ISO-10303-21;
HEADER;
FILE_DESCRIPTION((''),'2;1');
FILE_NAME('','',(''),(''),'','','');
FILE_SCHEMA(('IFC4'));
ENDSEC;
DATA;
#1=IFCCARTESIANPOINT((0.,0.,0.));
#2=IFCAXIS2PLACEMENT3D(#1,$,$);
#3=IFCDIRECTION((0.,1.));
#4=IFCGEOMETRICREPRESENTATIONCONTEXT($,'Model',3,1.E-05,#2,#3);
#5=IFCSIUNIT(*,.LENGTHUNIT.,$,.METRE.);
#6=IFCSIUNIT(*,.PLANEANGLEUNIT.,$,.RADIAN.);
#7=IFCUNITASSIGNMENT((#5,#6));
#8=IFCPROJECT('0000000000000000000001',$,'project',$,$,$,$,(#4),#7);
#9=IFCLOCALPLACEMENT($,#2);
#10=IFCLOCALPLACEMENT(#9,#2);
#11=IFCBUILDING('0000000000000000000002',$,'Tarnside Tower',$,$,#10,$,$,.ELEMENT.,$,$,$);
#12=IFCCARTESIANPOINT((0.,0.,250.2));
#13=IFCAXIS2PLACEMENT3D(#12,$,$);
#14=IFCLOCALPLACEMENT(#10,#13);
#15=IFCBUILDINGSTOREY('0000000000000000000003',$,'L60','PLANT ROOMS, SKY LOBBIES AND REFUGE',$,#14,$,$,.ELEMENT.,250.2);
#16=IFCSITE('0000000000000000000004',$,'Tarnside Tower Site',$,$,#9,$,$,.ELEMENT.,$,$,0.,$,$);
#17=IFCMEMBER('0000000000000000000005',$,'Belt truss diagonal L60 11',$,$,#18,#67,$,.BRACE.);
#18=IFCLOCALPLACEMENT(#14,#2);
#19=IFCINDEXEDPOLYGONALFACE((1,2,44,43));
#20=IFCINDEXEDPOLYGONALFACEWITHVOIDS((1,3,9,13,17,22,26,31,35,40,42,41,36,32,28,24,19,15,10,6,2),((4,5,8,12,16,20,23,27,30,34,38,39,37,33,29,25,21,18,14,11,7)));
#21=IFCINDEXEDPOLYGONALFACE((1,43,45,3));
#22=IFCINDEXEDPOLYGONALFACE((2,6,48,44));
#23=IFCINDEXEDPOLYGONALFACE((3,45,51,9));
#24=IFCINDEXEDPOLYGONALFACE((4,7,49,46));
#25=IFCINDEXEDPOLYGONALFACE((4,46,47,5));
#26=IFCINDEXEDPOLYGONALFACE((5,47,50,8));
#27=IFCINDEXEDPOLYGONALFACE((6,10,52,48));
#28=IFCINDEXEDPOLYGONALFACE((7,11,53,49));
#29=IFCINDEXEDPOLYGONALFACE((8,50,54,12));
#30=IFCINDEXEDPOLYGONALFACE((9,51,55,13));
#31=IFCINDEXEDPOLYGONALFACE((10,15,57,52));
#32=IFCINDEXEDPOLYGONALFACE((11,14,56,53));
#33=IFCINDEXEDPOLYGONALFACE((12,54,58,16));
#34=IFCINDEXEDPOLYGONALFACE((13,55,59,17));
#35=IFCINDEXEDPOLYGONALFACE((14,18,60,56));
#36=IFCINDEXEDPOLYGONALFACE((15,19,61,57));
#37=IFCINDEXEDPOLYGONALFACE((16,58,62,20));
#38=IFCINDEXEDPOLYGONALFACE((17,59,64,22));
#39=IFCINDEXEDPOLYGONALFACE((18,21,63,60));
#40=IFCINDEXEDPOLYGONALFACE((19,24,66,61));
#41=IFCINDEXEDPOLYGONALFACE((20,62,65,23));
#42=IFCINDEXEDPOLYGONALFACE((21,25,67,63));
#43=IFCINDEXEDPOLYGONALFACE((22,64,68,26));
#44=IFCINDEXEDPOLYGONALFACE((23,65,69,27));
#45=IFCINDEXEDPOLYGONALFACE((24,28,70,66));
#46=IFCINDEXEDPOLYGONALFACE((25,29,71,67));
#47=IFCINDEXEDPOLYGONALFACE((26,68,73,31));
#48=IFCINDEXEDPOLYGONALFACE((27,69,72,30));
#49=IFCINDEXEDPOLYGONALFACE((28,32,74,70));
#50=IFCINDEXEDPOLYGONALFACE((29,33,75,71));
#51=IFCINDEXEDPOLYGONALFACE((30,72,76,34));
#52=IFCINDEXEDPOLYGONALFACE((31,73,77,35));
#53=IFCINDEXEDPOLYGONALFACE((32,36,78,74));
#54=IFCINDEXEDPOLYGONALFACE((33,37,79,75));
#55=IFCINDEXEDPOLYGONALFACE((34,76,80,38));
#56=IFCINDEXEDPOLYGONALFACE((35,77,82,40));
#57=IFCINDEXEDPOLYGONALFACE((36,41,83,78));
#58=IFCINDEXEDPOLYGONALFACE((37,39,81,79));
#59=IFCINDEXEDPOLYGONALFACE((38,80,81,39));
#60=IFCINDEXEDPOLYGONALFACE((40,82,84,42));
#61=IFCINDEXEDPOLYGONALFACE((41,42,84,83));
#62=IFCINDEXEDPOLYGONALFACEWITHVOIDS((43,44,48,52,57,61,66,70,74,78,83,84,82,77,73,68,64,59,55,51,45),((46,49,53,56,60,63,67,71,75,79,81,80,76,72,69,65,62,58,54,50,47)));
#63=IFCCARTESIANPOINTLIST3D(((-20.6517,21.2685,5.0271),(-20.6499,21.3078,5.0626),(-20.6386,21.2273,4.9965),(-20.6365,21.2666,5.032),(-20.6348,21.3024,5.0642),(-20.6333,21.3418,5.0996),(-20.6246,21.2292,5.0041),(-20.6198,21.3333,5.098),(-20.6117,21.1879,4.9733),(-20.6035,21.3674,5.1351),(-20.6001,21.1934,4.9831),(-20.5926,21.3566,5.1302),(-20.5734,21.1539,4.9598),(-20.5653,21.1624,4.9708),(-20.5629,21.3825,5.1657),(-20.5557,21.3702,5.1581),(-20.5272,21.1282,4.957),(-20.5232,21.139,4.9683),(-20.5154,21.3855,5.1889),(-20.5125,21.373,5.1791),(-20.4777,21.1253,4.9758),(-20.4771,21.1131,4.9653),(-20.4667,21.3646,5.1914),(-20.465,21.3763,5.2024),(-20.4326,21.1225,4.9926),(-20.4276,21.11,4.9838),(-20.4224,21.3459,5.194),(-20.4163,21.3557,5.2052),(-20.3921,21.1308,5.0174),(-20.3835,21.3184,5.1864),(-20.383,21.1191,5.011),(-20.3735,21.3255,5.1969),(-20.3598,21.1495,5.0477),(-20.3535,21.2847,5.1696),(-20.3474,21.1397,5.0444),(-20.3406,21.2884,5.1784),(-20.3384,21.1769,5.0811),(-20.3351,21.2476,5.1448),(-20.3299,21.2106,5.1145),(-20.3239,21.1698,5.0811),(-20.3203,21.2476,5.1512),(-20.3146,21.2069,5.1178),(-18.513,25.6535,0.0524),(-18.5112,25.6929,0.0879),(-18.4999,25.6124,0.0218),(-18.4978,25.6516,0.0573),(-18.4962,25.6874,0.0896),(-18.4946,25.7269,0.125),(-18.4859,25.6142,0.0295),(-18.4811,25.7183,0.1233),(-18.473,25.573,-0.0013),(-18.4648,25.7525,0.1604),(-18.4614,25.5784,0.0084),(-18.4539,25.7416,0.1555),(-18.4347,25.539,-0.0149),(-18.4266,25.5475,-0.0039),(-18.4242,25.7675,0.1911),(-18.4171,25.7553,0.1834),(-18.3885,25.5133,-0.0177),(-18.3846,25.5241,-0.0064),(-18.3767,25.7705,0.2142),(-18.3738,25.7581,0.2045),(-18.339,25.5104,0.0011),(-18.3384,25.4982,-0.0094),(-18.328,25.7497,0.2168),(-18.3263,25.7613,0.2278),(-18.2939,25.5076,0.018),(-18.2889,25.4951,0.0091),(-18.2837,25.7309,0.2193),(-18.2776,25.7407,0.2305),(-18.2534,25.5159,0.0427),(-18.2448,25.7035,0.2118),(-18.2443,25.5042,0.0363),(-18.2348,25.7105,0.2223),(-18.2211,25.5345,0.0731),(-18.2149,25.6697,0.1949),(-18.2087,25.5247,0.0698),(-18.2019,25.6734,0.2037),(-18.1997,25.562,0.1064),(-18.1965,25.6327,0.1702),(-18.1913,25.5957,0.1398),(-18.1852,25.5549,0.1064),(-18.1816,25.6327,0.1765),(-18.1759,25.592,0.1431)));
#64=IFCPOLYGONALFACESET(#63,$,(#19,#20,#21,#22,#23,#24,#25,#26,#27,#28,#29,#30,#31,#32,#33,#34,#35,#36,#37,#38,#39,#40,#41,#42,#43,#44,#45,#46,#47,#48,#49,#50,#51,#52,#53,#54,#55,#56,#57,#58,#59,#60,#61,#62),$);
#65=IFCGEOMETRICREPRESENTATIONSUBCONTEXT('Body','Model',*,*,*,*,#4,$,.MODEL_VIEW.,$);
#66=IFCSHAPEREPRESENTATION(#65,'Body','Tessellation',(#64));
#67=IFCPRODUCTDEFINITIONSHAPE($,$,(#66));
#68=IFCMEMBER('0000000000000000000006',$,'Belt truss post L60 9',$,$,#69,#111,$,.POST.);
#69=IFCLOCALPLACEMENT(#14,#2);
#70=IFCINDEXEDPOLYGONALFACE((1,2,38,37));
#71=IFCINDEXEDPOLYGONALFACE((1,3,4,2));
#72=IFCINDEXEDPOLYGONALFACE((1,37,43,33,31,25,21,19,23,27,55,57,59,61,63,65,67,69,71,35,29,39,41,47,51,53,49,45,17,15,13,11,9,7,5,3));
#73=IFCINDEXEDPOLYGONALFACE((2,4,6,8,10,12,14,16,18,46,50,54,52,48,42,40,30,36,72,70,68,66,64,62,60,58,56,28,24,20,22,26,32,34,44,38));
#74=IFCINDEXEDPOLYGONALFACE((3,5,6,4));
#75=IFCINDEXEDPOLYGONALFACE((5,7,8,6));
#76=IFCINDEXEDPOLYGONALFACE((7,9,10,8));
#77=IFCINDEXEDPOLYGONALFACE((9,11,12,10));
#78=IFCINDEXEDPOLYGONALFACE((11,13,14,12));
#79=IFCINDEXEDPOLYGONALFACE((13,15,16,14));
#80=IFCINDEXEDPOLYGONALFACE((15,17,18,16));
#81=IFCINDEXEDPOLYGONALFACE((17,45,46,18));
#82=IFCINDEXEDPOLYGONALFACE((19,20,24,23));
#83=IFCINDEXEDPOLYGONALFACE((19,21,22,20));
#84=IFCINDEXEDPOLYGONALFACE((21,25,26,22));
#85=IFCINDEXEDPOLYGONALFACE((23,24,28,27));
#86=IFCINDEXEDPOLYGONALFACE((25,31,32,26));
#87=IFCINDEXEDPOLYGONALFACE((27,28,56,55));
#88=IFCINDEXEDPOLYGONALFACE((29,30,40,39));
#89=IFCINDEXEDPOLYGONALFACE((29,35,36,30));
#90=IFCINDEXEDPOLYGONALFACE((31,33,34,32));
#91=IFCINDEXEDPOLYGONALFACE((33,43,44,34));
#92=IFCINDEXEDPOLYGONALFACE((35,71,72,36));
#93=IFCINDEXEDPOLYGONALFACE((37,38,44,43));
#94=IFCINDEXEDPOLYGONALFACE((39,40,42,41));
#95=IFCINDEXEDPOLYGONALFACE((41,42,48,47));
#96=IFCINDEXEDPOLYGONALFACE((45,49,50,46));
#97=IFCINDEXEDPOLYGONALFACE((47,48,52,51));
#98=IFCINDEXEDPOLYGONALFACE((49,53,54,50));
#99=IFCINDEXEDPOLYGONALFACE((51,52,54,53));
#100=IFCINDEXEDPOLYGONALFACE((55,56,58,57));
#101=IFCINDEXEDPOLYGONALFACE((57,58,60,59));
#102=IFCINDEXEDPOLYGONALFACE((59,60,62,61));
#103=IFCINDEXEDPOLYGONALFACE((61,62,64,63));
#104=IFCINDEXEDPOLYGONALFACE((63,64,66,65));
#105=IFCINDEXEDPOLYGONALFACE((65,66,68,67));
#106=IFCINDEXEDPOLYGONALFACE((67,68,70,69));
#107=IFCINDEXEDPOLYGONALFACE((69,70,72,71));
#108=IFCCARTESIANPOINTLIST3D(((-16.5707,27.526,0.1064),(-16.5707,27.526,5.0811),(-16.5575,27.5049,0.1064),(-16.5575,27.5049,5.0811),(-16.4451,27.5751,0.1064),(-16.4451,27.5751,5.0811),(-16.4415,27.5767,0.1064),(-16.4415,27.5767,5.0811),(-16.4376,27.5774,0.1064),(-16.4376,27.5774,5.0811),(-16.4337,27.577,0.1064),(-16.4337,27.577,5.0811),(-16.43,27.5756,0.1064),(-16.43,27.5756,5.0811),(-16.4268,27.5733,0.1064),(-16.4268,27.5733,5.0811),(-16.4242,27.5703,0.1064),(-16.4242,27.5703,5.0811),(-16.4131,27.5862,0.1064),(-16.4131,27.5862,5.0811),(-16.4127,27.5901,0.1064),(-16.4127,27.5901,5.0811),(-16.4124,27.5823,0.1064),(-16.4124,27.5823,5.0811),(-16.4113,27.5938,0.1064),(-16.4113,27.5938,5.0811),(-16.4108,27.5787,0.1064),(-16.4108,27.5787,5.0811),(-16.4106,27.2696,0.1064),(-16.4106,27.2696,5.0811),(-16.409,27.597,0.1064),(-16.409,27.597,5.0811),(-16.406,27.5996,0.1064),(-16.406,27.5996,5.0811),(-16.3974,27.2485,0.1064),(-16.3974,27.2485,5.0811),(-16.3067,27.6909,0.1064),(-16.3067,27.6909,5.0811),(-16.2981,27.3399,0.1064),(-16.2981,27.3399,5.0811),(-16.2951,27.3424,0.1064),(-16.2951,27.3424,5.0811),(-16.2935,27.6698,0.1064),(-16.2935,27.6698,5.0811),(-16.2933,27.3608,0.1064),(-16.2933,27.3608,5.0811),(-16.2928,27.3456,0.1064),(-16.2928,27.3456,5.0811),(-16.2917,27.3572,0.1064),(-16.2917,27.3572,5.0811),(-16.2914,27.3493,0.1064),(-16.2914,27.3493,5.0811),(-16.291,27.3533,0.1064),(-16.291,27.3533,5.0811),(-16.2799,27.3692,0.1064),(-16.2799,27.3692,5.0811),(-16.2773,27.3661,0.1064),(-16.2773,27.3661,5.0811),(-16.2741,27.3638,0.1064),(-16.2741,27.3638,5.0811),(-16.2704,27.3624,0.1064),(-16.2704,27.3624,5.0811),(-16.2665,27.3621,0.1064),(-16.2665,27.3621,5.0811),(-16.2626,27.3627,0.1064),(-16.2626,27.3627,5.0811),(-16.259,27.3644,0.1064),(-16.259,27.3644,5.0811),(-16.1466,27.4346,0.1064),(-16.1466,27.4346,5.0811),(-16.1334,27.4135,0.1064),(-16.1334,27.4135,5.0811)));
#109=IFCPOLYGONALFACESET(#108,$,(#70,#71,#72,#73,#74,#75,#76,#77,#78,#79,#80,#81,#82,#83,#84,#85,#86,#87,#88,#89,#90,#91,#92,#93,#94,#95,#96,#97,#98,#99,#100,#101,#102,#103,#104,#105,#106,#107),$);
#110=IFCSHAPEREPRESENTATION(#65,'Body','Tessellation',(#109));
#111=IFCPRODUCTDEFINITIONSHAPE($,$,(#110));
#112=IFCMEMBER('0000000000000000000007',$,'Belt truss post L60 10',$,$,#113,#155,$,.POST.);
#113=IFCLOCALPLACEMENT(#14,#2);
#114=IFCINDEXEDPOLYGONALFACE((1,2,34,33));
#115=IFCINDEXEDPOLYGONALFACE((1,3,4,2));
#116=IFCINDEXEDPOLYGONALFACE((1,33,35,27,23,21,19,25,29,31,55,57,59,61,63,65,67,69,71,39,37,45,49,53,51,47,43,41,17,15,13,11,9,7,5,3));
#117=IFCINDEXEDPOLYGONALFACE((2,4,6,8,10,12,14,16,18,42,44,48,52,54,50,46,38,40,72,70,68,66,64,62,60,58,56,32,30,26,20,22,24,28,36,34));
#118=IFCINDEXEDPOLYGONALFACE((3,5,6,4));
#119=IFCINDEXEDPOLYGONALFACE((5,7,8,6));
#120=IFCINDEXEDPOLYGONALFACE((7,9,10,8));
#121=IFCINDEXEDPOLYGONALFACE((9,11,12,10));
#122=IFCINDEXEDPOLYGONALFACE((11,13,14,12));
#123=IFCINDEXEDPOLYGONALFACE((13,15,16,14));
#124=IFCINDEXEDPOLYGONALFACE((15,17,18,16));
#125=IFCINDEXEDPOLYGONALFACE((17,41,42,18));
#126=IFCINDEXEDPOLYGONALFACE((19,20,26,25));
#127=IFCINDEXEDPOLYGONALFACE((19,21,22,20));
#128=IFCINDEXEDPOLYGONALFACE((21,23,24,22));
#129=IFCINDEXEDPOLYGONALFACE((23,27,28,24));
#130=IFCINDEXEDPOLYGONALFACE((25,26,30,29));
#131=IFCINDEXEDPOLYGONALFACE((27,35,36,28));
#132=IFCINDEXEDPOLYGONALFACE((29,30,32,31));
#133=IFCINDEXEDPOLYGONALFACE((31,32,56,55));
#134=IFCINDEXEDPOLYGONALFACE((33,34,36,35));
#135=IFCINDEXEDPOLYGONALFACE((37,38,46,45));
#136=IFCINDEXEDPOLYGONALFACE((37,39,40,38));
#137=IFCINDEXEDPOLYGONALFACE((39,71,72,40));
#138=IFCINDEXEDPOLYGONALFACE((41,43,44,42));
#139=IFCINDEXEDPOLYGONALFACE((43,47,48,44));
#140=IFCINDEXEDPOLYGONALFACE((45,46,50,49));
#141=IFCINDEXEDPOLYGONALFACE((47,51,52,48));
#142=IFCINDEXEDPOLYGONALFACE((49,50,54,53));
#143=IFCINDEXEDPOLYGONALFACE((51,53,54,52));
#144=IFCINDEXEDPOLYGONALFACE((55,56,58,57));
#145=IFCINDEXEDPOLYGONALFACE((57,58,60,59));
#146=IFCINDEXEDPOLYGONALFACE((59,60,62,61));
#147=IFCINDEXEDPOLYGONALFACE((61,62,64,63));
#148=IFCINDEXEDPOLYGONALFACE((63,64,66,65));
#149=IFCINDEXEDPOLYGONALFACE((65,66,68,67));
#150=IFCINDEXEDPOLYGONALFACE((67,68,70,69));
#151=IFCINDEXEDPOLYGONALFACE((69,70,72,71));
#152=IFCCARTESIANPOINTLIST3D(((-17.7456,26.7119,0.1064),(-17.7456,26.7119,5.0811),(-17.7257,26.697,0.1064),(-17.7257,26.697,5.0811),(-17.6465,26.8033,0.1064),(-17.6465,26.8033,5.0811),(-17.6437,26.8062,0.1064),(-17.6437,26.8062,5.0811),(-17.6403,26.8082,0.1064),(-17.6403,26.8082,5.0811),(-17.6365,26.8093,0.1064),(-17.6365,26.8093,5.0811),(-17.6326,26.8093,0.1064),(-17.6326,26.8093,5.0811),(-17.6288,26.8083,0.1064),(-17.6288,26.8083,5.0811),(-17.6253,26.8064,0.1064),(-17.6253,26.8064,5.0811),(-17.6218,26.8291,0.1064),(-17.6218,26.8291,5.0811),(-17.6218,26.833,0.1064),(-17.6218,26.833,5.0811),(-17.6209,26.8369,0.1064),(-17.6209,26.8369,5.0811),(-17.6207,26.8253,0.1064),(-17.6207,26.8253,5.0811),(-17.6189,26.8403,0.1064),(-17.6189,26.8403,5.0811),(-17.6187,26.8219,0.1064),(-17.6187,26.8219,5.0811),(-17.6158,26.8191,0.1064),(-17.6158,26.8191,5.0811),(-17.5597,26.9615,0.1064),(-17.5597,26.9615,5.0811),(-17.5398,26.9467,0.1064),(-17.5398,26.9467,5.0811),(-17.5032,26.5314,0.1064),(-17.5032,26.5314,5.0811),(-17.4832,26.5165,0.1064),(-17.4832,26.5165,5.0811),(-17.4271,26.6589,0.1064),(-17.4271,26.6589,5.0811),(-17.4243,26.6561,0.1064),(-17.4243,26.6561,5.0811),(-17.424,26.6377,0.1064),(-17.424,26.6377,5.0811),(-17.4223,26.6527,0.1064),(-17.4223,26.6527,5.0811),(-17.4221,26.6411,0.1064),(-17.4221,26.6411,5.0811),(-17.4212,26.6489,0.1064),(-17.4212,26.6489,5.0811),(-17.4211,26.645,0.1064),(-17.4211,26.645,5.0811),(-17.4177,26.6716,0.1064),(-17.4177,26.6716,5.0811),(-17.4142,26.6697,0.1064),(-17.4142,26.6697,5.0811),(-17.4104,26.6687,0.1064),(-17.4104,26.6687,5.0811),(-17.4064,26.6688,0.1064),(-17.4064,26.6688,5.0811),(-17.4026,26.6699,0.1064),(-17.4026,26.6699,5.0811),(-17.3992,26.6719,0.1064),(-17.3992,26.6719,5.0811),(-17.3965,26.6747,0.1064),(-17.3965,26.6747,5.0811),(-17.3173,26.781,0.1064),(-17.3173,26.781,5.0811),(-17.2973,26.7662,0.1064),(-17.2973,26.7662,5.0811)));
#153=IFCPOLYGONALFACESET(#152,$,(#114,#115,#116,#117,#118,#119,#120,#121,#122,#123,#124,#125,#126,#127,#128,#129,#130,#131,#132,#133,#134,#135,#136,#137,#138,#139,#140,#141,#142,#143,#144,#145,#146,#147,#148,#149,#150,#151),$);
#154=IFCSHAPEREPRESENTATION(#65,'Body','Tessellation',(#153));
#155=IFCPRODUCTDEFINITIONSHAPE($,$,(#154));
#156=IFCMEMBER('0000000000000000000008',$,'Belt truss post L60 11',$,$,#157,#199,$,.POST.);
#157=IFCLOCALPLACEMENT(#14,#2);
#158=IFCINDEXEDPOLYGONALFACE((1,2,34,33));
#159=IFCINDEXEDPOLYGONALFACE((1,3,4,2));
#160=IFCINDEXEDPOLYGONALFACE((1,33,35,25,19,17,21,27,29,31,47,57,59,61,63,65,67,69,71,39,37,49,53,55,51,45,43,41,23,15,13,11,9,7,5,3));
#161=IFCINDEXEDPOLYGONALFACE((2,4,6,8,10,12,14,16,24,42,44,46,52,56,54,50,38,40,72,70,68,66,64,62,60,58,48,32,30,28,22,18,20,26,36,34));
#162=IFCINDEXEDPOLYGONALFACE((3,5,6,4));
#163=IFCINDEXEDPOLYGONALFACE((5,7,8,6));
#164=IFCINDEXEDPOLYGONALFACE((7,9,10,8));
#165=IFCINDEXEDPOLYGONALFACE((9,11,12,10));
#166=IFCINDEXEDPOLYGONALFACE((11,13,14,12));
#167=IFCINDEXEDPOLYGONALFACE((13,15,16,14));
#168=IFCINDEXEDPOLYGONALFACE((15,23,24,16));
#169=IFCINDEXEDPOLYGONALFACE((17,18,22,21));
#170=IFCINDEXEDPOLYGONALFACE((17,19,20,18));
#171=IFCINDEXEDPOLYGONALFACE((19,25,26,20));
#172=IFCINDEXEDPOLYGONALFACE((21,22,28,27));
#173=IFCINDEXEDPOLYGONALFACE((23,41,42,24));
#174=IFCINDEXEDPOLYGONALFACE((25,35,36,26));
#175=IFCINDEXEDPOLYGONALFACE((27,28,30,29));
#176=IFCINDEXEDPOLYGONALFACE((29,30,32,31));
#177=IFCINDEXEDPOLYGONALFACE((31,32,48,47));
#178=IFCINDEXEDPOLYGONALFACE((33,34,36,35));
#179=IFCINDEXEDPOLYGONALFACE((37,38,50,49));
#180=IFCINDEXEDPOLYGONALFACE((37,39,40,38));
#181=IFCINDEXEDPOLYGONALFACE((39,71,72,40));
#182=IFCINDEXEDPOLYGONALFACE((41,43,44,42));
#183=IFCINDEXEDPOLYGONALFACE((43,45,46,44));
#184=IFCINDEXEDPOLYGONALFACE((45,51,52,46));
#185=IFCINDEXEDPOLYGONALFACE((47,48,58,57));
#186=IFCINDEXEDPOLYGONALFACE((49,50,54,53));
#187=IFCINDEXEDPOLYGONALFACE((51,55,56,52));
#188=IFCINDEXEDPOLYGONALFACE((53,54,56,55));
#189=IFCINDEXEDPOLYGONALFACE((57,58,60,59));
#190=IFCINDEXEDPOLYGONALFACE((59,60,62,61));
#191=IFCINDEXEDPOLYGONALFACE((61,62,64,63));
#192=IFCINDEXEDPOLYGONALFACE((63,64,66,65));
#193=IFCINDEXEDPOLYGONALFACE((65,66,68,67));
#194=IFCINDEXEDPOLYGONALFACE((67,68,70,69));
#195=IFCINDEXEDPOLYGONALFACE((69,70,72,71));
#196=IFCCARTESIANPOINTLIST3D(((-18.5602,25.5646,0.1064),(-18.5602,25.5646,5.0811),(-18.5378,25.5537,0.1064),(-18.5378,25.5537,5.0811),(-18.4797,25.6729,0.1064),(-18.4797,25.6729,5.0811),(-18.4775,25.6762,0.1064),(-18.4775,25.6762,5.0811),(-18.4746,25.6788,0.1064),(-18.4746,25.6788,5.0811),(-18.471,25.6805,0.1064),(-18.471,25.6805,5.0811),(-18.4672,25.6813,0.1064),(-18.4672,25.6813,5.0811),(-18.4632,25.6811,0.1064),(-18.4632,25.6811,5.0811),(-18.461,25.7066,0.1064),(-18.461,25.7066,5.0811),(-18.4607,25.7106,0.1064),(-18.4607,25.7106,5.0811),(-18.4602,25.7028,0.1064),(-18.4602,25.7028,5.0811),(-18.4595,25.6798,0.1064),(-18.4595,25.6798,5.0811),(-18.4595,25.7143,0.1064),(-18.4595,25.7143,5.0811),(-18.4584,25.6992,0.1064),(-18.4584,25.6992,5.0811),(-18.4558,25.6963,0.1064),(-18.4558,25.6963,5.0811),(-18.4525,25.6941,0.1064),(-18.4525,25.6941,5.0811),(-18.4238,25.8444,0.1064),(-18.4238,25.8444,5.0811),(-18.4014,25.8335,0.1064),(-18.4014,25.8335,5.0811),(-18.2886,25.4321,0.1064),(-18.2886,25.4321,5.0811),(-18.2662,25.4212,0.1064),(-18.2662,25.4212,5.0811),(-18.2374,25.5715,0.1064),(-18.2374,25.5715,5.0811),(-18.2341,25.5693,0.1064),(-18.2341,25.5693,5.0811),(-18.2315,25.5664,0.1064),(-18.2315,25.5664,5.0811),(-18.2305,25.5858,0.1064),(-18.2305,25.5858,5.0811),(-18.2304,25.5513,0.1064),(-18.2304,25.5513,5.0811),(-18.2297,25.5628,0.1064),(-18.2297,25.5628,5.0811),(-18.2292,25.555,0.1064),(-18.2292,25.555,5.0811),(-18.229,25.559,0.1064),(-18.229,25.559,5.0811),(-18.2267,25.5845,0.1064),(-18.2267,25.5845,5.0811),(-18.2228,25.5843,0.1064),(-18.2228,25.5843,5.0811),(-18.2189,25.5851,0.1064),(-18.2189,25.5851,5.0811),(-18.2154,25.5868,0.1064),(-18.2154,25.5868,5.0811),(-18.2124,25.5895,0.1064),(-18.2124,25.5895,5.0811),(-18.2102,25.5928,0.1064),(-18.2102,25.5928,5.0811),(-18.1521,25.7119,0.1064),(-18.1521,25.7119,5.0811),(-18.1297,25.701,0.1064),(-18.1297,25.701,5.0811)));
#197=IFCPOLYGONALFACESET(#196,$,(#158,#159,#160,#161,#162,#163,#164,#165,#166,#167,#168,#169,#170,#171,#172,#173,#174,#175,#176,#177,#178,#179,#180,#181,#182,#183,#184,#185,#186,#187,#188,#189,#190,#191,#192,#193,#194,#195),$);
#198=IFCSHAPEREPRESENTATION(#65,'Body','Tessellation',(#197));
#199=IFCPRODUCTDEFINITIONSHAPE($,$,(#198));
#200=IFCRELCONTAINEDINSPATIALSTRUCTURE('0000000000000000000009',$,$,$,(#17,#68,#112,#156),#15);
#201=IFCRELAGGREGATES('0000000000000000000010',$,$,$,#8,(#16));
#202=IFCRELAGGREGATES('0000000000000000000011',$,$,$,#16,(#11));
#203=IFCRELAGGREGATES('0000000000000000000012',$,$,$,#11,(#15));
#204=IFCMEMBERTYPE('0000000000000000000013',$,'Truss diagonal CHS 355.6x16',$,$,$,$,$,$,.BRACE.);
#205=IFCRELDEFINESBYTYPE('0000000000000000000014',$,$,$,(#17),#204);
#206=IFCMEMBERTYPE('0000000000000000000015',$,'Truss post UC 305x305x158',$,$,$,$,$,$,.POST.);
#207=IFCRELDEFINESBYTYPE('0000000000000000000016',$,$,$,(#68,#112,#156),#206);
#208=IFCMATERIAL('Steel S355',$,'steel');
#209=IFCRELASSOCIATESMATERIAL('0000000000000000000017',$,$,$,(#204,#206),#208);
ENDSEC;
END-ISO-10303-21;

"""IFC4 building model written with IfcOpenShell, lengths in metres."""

from ifc_helpers import new_model, si_unit, direction, frame, origin, origin_2d, place, context, subcontext, project, spatial, hollow_circle, i_section, extrude, material, material_profile, profile_set, type_object, element, save


model = new_model("IFC4")

# Units and contexts
model_context = context("Model", 3, precision=1e-05, world=origin(), true_north=direction((0.0, 1.0)))
body_context = subcontext(model_context, "Body", "Model", "MODEL_VIEW")
ifc_project = project(units=[si_unit("LENGTHUNIT", "METRE"), si_unit("PLANEANGLEUNIT", "RADIAN")], contexts=[model_context])

# Site, building, storey
site_placement = place(None, origin())
site = spatial("IfcSite", under=ifc_project, at=site_placement, Name="Tarnside Tower Site", CompositionType="ELEMENT", RefElevation=0.0)
building_placement = place(site_placement, origin())
building = spatial("IfcBuilding", under=site, at=building_placement, Name="Tarnside Tower", CompositionType="ELEMENT")
storey_placement = place(building_placement, frame((0.0, 0.0, 250.2)))
storey = spatial("IfcBuildingStorey", under=building, at=storey_placement, Name="L60", Description="PLANT ROOMS, SKY LOBBIES AND REFUGE", CompositionType="ELEMENT", Elevation=250.2)

# Shared definitions
ifc_material_1 = material(Name="Steel S355", Category="steel")

# Members
ifc_material_profile_1 = material_profile(ifc_material_1, hollow_circle(Radius=0.1777, WallThickness=0.0161, at=origin_2d()), Name="CHS 355.6x16")
ifc_profile_set_1 = profile_set([ifc_material_profile_1], Name="Steel S355")
member_type_1 = type_object("IfcMemberType", Name="Truss diagonal CHS 355.6x16", PredefinedType="BRACE", material=ifc_profile_set_1)
member_1_placement = place(storey_placement, frame((-18.345, 25.6328, 0.1064), z_axis=(-0.30694, -0.629333, 0.713952), x_axis=(0.898797, -0.438364, 0.0)))
element("IfcMember", 1, at=member_1_placement, inside=storey, type_object=member_type_1, Name="Belt truss diagonal L60 11", PredefinedType="BRACE", context=body_context, shape_type="SweptSolid", body=[
    extrude(hollow_circle(Radius=0.1777, WallThickness=0.0161, at=origin_2d()), origin(), (0.0, 0.0, 1.0), 6.9678),
])
ifc_material_profile_2 = material_profile(ifc_material_1, i_section(OverallWidth=0.3113, OverallDepth=0.3271, WebThickness=0.0159, FlangeThickness=0.0249, FilletRadius=0.0151, at=origin_2d()), Name="UC 305x305x158")
ifc_profile_set_2 = profile_set([ifc_material_profile_2], Name="Steel S355")
member_type_2 = type_object("IfcMemberType", Name="Truss post UC 305x305x158", PredefinedType="POST", material=ifc_profile_set_2)
for number, where, z_axis, x_axis, name in (
    (2, (-16.3521, 27.4697, 0.1064), (0.0, 0.0, 1.0), (-0.848048, -0.529919, 0.0), "Belt truss post L60 9"),
    (3, (-17.5215, 26.739, 0.1064), (0.0, 0.0, 1.0), (-0.597159, -0.802123, 0.0), "Belt truss post L60 10"),
    (4, (-18.345, 25.6328, 0.1064), (0.0, 0.0, 1.0), (-0.438371, -0.898794, 0.0), "Belt truss post L60 11"),
):
    element("IfcMember", number, at=place(storey_placement, frame(where, z_axis=z_axis, x_axis=x_axis)), inside=storey, type_object=member_type_2, Name=name, PredefinedType="POST", context=body_context, shape_type="SweptSolid", body=[
        extrude(i_section(OverallWidth=0.3113, OverallDepth=0.3271, WebThickness=0.0159, FlangeThickness=0.0249, FilletRadius=0.0151, at=origin_2d()), origin(), (0.0, 0.0, 1.0), 4.9746),
    ])

save(model, "model.ifc")
